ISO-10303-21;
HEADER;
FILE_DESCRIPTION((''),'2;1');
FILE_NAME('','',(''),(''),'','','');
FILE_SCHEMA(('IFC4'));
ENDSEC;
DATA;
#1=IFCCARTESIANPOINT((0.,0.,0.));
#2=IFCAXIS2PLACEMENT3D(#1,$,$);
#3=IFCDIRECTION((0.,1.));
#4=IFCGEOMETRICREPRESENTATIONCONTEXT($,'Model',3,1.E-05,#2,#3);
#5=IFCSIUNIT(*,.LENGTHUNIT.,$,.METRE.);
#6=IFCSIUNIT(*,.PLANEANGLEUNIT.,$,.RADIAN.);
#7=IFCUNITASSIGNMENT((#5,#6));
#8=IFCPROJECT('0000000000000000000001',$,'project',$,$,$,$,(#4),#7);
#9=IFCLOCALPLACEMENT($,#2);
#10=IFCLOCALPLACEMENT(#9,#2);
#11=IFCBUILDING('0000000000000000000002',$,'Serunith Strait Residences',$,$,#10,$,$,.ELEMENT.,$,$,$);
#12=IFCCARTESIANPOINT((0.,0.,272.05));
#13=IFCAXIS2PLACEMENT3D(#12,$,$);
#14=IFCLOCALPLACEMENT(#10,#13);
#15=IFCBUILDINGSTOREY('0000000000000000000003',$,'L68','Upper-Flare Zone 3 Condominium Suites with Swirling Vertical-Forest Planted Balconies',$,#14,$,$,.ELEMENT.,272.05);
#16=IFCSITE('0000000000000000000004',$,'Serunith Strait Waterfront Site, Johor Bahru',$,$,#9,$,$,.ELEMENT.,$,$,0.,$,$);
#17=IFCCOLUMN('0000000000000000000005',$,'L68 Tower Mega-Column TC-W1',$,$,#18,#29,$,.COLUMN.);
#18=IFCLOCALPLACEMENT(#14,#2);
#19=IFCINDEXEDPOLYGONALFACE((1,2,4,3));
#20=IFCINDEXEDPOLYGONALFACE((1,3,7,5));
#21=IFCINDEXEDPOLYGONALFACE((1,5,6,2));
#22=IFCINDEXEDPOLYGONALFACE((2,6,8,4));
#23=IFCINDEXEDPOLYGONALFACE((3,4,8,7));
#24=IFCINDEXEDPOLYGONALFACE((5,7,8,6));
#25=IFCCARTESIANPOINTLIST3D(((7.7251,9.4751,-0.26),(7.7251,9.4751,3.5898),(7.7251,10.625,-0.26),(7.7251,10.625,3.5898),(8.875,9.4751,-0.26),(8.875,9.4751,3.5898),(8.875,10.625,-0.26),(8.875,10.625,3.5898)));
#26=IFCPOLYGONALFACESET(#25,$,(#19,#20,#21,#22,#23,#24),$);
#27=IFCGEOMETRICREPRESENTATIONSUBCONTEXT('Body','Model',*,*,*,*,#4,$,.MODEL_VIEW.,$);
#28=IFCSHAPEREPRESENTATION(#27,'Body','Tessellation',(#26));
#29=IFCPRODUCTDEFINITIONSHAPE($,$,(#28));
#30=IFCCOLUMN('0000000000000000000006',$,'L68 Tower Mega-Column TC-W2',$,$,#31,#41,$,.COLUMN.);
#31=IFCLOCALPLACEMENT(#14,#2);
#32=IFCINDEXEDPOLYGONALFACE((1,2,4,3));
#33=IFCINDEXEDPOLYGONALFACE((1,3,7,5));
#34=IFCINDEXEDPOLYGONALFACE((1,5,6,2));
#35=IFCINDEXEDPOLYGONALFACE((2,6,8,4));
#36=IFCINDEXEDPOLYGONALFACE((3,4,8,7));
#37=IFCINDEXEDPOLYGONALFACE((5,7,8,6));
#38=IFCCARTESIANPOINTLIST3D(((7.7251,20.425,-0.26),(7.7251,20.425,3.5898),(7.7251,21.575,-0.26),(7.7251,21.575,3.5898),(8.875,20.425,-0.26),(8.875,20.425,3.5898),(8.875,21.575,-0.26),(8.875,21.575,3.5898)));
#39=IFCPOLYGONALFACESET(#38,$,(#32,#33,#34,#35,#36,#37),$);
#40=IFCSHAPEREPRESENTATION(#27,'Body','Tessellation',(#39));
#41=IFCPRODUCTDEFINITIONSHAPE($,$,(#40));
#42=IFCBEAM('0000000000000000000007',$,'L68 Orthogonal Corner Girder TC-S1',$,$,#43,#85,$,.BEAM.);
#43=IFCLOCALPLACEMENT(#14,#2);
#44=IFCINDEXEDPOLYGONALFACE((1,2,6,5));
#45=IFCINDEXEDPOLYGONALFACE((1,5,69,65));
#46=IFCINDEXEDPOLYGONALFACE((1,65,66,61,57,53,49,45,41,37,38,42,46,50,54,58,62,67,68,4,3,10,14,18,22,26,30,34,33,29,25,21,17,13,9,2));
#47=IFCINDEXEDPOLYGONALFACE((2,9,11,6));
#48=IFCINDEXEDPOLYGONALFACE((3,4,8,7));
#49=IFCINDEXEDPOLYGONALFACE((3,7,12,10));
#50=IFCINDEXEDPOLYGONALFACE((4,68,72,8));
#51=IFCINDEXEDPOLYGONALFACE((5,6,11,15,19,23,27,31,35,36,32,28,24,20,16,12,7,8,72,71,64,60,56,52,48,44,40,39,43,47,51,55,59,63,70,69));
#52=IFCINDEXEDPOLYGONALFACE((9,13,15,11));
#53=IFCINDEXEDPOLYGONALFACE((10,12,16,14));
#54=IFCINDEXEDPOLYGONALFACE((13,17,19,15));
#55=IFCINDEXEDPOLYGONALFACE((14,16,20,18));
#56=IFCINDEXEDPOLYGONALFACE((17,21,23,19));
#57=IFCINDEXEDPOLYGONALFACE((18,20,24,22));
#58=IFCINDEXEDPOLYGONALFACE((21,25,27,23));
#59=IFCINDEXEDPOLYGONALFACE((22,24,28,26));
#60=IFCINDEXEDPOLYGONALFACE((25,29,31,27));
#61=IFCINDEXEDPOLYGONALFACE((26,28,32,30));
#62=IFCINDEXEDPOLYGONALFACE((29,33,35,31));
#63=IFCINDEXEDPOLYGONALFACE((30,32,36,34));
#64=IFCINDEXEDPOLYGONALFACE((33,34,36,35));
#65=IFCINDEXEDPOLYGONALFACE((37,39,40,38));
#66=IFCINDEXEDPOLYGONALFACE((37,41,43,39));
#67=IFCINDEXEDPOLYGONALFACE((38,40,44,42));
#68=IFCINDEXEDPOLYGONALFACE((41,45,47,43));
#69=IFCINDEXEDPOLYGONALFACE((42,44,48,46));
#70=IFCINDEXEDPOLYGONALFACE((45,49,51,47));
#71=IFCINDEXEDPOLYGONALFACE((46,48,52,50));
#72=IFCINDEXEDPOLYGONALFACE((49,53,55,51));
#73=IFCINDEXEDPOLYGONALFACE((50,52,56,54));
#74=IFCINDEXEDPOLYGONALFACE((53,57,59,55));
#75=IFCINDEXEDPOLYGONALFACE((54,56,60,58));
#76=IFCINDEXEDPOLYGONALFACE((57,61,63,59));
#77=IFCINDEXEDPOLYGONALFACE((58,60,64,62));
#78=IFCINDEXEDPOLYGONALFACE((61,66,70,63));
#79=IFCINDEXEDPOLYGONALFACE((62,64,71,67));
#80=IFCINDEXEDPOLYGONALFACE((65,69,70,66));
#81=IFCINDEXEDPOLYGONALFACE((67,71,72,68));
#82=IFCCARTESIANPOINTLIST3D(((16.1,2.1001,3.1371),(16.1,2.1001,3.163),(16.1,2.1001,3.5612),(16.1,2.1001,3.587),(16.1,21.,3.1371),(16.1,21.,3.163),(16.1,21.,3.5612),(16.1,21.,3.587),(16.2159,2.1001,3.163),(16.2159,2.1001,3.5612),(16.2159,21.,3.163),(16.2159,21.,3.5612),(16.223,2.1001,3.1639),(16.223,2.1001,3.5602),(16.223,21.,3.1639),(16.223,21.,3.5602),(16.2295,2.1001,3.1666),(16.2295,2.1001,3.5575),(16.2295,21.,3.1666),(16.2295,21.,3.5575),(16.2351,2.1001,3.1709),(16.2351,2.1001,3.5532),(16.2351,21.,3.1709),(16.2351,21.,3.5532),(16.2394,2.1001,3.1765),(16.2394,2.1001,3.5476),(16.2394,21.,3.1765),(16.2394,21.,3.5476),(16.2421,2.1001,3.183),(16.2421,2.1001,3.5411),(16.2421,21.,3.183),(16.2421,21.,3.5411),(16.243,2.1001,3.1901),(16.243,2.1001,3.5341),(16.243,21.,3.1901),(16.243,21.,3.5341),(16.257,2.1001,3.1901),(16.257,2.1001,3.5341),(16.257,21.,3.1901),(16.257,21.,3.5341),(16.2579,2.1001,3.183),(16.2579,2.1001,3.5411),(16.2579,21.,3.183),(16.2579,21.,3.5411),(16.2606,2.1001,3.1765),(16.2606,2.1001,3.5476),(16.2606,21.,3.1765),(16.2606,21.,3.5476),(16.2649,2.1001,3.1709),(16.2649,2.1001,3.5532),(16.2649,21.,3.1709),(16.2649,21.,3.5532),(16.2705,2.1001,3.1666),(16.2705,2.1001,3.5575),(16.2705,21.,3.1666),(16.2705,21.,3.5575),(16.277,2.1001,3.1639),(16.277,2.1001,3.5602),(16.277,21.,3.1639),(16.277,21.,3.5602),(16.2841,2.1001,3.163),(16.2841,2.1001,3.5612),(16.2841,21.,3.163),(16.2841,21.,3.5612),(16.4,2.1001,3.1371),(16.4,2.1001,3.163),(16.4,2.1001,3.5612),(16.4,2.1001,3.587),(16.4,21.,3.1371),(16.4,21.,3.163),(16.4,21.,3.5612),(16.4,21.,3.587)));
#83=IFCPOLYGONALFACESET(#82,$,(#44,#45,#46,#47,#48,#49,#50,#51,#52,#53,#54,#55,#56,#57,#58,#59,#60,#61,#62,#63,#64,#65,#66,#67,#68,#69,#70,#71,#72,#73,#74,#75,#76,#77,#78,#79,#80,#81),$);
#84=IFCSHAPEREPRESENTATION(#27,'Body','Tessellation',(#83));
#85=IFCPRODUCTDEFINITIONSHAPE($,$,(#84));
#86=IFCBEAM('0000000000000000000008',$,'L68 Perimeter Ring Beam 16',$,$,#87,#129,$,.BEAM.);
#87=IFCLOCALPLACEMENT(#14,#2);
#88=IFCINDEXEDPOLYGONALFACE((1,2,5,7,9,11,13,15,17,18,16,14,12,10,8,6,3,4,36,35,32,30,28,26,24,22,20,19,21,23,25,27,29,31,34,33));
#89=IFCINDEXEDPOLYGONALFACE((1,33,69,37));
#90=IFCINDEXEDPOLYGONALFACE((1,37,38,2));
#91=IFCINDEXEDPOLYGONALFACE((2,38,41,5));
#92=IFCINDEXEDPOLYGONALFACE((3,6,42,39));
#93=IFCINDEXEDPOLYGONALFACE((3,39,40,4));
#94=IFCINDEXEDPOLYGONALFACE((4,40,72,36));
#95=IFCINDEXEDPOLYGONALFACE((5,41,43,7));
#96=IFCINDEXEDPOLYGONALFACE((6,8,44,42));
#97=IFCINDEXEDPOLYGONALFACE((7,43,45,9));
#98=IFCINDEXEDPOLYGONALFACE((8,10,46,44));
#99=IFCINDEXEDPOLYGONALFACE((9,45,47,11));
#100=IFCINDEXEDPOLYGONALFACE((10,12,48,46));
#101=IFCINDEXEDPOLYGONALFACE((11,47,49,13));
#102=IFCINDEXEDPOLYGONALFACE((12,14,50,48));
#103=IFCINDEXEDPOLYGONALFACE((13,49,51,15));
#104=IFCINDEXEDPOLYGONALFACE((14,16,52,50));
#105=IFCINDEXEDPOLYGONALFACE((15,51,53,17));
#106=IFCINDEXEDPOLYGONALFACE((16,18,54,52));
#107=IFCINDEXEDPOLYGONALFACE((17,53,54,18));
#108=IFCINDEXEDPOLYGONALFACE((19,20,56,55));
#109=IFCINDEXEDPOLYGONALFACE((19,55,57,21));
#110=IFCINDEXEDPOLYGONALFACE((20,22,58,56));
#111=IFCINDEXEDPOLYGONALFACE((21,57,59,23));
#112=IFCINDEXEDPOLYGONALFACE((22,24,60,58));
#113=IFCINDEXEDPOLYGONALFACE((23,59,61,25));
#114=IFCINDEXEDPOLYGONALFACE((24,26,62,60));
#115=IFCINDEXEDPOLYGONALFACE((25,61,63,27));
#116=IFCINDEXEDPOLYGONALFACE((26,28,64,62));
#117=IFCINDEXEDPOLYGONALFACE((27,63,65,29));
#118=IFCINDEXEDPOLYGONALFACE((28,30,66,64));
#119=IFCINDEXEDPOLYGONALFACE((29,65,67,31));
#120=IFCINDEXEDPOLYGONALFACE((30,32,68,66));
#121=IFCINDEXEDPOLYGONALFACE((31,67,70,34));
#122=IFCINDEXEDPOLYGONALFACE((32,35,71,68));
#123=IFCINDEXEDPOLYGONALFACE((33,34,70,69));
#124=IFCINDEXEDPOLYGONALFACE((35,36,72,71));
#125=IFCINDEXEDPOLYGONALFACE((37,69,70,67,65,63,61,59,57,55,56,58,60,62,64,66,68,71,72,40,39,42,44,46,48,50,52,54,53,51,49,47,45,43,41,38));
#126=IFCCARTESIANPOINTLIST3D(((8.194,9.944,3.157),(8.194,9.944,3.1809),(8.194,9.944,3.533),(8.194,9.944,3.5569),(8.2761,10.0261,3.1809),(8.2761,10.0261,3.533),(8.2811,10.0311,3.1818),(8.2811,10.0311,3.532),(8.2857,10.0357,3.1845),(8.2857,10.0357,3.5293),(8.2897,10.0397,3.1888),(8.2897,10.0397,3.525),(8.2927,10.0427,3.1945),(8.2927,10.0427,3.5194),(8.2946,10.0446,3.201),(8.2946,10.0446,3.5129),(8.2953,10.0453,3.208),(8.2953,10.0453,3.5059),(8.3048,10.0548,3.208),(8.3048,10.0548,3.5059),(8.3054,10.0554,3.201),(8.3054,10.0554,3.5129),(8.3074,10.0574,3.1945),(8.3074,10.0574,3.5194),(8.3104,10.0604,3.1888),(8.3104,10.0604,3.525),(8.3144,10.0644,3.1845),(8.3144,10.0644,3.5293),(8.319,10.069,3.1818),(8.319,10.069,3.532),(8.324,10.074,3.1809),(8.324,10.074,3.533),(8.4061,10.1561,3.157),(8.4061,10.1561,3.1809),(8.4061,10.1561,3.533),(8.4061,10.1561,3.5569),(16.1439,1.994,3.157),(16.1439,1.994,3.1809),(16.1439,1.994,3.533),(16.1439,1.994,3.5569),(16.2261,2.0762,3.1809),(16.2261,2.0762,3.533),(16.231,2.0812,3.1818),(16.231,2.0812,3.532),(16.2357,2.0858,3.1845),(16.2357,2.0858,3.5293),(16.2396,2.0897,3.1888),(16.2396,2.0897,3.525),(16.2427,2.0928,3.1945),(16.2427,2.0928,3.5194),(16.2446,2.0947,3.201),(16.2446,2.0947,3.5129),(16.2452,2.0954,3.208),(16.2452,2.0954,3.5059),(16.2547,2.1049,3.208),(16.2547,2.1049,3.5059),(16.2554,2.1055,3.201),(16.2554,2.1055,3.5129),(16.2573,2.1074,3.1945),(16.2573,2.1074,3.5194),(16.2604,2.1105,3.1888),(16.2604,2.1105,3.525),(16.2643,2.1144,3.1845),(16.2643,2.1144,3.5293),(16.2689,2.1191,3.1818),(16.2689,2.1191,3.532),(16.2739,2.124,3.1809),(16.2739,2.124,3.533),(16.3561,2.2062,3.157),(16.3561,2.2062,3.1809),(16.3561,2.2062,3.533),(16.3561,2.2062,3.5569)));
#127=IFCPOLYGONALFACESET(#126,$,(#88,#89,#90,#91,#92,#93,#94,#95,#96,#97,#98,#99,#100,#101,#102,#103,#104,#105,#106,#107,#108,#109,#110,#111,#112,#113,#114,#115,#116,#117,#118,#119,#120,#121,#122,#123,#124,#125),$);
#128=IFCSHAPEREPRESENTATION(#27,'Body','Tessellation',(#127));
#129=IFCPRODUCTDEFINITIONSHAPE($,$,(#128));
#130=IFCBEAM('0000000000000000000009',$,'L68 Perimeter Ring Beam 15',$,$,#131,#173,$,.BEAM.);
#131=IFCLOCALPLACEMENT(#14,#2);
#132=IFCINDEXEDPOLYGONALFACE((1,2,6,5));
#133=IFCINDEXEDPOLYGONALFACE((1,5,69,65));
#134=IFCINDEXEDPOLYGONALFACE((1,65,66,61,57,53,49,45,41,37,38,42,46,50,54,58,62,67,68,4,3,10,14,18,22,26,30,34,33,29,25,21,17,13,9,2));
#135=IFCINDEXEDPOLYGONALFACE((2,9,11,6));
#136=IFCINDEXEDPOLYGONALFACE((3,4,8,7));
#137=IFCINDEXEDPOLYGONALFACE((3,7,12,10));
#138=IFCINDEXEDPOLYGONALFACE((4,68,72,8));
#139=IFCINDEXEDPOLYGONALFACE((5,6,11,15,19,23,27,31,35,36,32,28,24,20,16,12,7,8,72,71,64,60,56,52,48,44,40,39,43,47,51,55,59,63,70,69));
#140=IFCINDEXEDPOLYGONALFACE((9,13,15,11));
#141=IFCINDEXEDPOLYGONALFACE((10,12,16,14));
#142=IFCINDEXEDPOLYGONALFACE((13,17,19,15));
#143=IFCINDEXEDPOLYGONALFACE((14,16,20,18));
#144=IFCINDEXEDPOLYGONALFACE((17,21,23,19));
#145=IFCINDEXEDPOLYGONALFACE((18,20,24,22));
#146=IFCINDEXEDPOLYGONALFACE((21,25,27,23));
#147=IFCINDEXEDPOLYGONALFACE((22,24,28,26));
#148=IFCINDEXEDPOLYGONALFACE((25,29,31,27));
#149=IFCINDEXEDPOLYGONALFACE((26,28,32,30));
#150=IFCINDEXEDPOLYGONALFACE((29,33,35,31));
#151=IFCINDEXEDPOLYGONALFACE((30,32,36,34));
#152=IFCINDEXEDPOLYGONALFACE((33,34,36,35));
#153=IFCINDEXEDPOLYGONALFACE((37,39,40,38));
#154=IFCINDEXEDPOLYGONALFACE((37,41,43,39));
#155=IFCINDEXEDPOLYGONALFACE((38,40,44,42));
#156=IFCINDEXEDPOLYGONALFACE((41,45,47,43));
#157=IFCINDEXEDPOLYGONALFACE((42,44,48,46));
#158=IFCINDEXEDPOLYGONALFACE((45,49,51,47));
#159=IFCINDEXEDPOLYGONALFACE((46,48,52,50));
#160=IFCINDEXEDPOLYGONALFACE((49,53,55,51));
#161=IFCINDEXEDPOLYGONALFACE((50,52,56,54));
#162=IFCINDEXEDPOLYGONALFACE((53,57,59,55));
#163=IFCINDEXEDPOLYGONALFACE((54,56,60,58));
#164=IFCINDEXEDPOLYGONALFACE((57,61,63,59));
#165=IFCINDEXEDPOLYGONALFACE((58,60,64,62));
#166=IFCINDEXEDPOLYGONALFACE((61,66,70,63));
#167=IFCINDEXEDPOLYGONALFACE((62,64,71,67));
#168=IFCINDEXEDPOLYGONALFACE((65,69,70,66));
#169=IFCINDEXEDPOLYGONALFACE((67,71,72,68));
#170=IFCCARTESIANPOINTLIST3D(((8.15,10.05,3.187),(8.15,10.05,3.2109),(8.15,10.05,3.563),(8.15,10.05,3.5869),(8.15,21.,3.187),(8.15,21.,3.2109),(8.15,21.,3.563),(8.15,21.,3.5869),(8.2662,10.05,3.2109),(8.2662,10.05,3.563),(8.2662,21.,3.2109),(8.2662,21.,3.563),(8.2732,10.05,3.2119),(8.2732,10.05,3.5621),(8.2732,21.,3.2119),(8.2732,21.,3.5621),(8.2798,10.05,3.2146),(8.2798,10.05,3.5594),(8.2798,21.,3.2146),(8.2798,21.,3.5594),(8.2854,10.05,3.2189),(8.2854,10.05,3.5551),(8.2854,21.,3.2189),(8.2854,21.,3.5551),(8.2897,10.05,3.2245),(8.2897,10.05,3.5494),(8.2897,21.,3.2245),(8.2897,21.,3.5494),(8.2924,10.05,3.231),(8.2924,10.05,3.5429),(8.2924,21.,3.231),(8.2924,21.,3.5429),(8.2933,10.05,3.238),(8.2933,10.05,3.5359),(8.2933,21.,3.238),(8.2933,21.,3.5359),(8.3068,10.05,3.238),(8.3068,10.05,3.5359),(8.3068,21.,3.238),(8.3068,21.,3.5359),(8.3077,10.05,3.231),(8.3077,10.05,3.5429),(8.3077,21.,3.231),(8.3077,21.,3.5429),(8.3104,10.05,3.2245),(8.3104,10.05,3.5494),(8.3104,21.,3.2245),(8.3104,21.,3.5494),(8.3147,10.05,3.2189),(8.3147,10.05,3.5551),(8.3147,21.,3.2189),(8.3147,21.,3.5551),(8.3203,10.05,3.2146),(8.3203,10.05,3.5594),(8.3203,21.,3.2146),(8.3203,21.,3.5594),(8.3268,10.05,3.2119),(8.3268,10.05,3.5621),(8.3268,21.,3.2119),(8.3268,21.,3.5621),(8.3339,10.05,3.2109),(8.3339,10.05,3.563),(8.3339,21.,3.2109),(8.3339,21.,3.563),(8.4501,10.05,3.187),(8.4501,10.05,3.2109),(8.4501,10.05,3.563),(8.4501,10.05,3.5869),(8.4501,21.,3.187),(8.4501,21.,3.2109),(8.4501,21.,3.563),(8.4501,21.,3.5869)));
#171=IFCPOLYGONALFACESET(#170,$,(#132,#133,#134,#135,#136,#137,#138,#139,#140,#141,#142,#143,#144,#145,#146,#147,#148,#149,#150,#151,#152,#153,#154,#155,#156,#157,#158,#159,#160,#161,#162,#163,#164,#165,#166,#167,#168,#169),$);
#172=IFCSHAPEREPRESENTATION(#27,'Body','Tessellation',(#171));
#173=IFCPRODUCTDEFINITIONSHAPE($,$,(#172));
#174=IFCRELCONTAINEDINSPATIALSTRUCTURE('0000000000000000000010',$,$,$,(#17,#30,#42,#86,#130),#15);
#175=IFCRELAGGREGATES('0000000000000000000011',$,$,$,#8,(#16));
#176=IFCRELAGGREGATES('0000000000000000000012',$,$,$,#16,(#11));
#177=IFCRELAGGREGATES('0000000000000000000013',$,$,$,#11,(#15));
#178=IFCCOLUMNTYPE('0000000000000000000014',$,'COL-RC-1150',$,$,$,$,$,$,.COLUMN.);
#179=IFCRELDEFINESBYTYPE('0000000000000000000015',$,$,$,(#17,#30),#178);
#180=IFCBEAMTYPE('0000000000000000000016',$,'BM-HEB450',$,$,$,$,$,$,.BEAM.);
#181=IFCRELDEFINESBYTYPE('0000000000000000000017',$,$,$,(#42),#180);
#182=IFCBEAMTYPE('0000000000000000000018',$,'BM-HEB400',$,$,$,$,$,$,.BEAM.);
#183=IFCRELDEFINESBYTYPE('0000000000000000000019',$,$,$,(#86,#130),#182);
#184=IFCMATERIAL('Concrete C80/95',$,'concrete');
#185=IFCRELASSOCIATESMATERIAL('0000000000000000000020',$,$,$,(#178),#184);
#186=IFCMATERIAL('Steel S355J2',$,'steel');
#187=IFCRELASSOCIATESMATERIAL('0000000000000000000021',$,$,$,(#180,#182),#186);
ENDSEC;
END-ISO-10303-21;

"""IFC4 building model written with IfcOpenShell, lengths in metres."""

from ifc_helpers import new_model, si_unit, direction, frame, origin, origin_2d, place, context, subcontext, project, spatial, rectangle, i_section, extrude, source, transform, mapped, material, material_profile, profile_set, type_object, element, save


model = new_model("IFC4")

# Units and contexts
model_context = context("Model", 3, precision=1e-05, world=origin(), true_north=direction((0.0, 1.0)))
body_context = subcontext(model_context, "Body", "Model", "MODEL_VIEW")
ifc_project = project(units=[si_unit("LENGTHUNIT", "METRE"), si_unit("PLANEANGLEUNIT", "RADIAN")], contexts=[model_context])

# Site, building, storey
site_placement = place(None, origin())
site = spatial("IfcSite", under=ifc_project, at=site_placement, Name="Serunith Strait Waterfront Site, Johor Bahru", CompositionType="ELEMENT", RefElevation=0.0)
building_placement = place(site_placement, origin())
building = spatial("IfcBuilding", under=site, at=building_placement, Name="Serunith Strait Residences", CompositionType="ELEMENT")
storey_placement = place(building_placement, frame((0.0, 0.0, 272.05)))
storey = spatial("IfcBuildingStorey", under=building, at=storey_placement, Name="L68", Description="Upper-Flare Zone 3 Condominium Suites with Swirling Vertical-Forest Planted Balconies", CompositionType="ELEMENT", Elevation=272.05)

# Columns
ifc_material_1 = material(Name="Concrete C80/95", Category="concrete")
ifc_material_profile_1 = material_profile(ifc_material_1, rectangle(XDim=1.1499, YDim=1.1499, at=origin_2d()), Name="RC 1150x1150")
ifc_profile_set_1 = profile_set([ifc_material_profile_1], Name="Concrete C80/95")
column_type = type_object("IfcColumnType", Name="COL-RC-1150", PredefinedType="COLUMN", material=ifc_profile_set_1)
shared_shape_1 = source(origin(), body_context, "Body", "SweptSolid", [
    extrude(rectangle(XDim=1.1499, YDim=1.1499, at=origin_2d()), origin(), (0.0, 0.0, 1.0), 3.8499),
])
for number, where, z_axis, x_axis, name in (
    (1, (8.3, 10.05, -0.26), (0.0, 0.0, 1.0), (1.0, 0.0, 0.0), "L68 Tower Mega-Column TC-W1"),
    (2, (8.3, 21.0, -0.26), (0.0, 0.0, 1.0), (1.0, 0.0, 0.0), "L68 Tower Mega-Column TC-W2"),
):
    element("IfcColumn", number, at=place(storey_placement, frame(where, z_axis=z_axis, x_axis=x_axis)), inside=storey, type_object=column_type, Name=name, PredefinedType="COLUMN", context=body_context, shape_type="MappedRepresentation", body=[
        mapped(shared_shape_1, transform((0.0, 0.0, 0.0), scale=1.0)),
    ])

# Beams
ifc_material_2 = material(Name="Steel S355J2", Category="steel")
ifc_material_profile_2 = material_profile(ifc_material_2, i_section(OverallWidth=0.3, OverallDepth=0.45, WebThickness=0.0139, FlangeThickness=0.0259, FilletRadius=0.0271, at=origin_2d()), Name="HEB 450")
ifc_profile_set_2 = profile_set([ifc_material_profile_2], Name="Steel S355J2")
beam_type_1 = type_object("IfcBeamType", Name="BM-HEB450", PredefinedType="BEAM", material=ifc_profile_set_2)
shared_shape_2 = source(origin(), body_context, "Body", "SweptSolid", [
    extrude(i_section(OverallWidth=0.3, OverallDepth=0.45, WebThickness=0.0139, FlangeThickness=0.0259, FilletRadius=0.0271, at=origin_2d()), origin(), (0.0, 0.0, 1.0), 18.8999),
])
beam_1_placement = place(storey_placement, frame((16.25, 21.0, 3.3621), z_axis=(0.0, -1.0, 0.0), x_axis=(1.0, 0.0, 0.0)))
element("IfcBeam", 3, at=beam_1_placement, inside=storey, type_object=beam_type_1, Name="L68 Orthogonal Corner Girder TC-S1", PredefinedType="BEAM", context=body_context, shape_type="MappedRepresentation", body=[
    mapped(shared_shape_2, transform((0.0, 0.0, 0.0), scale=1.0)),
])
ifc_material_profile_3 = material_profile(ifc_material_2, i_section(OverallWidth=0.3, OverallDepth=0.3999, WebThickness=0.0134, FlangeThickness=0.0239, FilletRadius=0.0271, at=origin_2d()), Name="HEB 400")
ifc_profile_set_3 = profile_set([ifc_material_profile_3], Name="Steel S355J2")
beam_type_2 = type_object("IfcBeamType", Name="BM-HEB400", PredefinedType="BEAM", material=ifc_profile_set_3)
shared_shape_3 = source(origin(), body_context, "Body", "SweptSolid", [
    extrude(i_section(OverallWidth=0.3, OverallDepth=0.3999, WebThickness=0.0134, FlangeThickness=0.0239, FilletRadius=0.0271, at=origin_2d()), origin(), (0.0, 0.0, 1.0), 11.2429),
])
beam_2_placement = place(storey_placement, frame((8.3, 10.05, 3.3569), z_axis=(0.707107, -0.707107, 0.0), x_axis=(0.707107, 0.707107, 0.0)))
element("IfcBeam", 4, at=beam_2_placement, inside=storey, type_object=beam_type_2, Name="L68 Perimeter Ring Beam 16", PredefinedType="BEAM", context=body_context, shape_type="MappedRepresentation", body=[
    mapped(shared_shape_3, transform((0.0, 0.0, 0.0), scale=1.0)),
])
shared_shape_4 = source(origin(), body_context, "Body", "SweptSolid", [
    extrude(i_section(OverallWidth=0.3, OverallDepth=0.3999, WebThickness=0.0134, FlangeThickness=0.0239, FilletRadius=0.0271, at=origin_2d()), origin(), (0.0, 0.0, 1.0), 10.95),
])
beam_3_placement = place(storey_placement, frame((8.3, 21.0, 3.387), z_axis=(0.0, -1.0, 0.0), x_axis=(1.0, 0.0, 0.0)))
element("IfcBeam", 5, at=beam_3_placement, inside=storey, type_object=beam_type_2, Name="L68 Perimeter Ring Beam 15", PredefinedType="BEAM", context=body_context, shape_type="MappedRepresentation", body=[
    mapped(shared_shape_4, transform((0.0, 0.0, 0.0), scale=1.0)),
])

save(model, "model.ifc")
